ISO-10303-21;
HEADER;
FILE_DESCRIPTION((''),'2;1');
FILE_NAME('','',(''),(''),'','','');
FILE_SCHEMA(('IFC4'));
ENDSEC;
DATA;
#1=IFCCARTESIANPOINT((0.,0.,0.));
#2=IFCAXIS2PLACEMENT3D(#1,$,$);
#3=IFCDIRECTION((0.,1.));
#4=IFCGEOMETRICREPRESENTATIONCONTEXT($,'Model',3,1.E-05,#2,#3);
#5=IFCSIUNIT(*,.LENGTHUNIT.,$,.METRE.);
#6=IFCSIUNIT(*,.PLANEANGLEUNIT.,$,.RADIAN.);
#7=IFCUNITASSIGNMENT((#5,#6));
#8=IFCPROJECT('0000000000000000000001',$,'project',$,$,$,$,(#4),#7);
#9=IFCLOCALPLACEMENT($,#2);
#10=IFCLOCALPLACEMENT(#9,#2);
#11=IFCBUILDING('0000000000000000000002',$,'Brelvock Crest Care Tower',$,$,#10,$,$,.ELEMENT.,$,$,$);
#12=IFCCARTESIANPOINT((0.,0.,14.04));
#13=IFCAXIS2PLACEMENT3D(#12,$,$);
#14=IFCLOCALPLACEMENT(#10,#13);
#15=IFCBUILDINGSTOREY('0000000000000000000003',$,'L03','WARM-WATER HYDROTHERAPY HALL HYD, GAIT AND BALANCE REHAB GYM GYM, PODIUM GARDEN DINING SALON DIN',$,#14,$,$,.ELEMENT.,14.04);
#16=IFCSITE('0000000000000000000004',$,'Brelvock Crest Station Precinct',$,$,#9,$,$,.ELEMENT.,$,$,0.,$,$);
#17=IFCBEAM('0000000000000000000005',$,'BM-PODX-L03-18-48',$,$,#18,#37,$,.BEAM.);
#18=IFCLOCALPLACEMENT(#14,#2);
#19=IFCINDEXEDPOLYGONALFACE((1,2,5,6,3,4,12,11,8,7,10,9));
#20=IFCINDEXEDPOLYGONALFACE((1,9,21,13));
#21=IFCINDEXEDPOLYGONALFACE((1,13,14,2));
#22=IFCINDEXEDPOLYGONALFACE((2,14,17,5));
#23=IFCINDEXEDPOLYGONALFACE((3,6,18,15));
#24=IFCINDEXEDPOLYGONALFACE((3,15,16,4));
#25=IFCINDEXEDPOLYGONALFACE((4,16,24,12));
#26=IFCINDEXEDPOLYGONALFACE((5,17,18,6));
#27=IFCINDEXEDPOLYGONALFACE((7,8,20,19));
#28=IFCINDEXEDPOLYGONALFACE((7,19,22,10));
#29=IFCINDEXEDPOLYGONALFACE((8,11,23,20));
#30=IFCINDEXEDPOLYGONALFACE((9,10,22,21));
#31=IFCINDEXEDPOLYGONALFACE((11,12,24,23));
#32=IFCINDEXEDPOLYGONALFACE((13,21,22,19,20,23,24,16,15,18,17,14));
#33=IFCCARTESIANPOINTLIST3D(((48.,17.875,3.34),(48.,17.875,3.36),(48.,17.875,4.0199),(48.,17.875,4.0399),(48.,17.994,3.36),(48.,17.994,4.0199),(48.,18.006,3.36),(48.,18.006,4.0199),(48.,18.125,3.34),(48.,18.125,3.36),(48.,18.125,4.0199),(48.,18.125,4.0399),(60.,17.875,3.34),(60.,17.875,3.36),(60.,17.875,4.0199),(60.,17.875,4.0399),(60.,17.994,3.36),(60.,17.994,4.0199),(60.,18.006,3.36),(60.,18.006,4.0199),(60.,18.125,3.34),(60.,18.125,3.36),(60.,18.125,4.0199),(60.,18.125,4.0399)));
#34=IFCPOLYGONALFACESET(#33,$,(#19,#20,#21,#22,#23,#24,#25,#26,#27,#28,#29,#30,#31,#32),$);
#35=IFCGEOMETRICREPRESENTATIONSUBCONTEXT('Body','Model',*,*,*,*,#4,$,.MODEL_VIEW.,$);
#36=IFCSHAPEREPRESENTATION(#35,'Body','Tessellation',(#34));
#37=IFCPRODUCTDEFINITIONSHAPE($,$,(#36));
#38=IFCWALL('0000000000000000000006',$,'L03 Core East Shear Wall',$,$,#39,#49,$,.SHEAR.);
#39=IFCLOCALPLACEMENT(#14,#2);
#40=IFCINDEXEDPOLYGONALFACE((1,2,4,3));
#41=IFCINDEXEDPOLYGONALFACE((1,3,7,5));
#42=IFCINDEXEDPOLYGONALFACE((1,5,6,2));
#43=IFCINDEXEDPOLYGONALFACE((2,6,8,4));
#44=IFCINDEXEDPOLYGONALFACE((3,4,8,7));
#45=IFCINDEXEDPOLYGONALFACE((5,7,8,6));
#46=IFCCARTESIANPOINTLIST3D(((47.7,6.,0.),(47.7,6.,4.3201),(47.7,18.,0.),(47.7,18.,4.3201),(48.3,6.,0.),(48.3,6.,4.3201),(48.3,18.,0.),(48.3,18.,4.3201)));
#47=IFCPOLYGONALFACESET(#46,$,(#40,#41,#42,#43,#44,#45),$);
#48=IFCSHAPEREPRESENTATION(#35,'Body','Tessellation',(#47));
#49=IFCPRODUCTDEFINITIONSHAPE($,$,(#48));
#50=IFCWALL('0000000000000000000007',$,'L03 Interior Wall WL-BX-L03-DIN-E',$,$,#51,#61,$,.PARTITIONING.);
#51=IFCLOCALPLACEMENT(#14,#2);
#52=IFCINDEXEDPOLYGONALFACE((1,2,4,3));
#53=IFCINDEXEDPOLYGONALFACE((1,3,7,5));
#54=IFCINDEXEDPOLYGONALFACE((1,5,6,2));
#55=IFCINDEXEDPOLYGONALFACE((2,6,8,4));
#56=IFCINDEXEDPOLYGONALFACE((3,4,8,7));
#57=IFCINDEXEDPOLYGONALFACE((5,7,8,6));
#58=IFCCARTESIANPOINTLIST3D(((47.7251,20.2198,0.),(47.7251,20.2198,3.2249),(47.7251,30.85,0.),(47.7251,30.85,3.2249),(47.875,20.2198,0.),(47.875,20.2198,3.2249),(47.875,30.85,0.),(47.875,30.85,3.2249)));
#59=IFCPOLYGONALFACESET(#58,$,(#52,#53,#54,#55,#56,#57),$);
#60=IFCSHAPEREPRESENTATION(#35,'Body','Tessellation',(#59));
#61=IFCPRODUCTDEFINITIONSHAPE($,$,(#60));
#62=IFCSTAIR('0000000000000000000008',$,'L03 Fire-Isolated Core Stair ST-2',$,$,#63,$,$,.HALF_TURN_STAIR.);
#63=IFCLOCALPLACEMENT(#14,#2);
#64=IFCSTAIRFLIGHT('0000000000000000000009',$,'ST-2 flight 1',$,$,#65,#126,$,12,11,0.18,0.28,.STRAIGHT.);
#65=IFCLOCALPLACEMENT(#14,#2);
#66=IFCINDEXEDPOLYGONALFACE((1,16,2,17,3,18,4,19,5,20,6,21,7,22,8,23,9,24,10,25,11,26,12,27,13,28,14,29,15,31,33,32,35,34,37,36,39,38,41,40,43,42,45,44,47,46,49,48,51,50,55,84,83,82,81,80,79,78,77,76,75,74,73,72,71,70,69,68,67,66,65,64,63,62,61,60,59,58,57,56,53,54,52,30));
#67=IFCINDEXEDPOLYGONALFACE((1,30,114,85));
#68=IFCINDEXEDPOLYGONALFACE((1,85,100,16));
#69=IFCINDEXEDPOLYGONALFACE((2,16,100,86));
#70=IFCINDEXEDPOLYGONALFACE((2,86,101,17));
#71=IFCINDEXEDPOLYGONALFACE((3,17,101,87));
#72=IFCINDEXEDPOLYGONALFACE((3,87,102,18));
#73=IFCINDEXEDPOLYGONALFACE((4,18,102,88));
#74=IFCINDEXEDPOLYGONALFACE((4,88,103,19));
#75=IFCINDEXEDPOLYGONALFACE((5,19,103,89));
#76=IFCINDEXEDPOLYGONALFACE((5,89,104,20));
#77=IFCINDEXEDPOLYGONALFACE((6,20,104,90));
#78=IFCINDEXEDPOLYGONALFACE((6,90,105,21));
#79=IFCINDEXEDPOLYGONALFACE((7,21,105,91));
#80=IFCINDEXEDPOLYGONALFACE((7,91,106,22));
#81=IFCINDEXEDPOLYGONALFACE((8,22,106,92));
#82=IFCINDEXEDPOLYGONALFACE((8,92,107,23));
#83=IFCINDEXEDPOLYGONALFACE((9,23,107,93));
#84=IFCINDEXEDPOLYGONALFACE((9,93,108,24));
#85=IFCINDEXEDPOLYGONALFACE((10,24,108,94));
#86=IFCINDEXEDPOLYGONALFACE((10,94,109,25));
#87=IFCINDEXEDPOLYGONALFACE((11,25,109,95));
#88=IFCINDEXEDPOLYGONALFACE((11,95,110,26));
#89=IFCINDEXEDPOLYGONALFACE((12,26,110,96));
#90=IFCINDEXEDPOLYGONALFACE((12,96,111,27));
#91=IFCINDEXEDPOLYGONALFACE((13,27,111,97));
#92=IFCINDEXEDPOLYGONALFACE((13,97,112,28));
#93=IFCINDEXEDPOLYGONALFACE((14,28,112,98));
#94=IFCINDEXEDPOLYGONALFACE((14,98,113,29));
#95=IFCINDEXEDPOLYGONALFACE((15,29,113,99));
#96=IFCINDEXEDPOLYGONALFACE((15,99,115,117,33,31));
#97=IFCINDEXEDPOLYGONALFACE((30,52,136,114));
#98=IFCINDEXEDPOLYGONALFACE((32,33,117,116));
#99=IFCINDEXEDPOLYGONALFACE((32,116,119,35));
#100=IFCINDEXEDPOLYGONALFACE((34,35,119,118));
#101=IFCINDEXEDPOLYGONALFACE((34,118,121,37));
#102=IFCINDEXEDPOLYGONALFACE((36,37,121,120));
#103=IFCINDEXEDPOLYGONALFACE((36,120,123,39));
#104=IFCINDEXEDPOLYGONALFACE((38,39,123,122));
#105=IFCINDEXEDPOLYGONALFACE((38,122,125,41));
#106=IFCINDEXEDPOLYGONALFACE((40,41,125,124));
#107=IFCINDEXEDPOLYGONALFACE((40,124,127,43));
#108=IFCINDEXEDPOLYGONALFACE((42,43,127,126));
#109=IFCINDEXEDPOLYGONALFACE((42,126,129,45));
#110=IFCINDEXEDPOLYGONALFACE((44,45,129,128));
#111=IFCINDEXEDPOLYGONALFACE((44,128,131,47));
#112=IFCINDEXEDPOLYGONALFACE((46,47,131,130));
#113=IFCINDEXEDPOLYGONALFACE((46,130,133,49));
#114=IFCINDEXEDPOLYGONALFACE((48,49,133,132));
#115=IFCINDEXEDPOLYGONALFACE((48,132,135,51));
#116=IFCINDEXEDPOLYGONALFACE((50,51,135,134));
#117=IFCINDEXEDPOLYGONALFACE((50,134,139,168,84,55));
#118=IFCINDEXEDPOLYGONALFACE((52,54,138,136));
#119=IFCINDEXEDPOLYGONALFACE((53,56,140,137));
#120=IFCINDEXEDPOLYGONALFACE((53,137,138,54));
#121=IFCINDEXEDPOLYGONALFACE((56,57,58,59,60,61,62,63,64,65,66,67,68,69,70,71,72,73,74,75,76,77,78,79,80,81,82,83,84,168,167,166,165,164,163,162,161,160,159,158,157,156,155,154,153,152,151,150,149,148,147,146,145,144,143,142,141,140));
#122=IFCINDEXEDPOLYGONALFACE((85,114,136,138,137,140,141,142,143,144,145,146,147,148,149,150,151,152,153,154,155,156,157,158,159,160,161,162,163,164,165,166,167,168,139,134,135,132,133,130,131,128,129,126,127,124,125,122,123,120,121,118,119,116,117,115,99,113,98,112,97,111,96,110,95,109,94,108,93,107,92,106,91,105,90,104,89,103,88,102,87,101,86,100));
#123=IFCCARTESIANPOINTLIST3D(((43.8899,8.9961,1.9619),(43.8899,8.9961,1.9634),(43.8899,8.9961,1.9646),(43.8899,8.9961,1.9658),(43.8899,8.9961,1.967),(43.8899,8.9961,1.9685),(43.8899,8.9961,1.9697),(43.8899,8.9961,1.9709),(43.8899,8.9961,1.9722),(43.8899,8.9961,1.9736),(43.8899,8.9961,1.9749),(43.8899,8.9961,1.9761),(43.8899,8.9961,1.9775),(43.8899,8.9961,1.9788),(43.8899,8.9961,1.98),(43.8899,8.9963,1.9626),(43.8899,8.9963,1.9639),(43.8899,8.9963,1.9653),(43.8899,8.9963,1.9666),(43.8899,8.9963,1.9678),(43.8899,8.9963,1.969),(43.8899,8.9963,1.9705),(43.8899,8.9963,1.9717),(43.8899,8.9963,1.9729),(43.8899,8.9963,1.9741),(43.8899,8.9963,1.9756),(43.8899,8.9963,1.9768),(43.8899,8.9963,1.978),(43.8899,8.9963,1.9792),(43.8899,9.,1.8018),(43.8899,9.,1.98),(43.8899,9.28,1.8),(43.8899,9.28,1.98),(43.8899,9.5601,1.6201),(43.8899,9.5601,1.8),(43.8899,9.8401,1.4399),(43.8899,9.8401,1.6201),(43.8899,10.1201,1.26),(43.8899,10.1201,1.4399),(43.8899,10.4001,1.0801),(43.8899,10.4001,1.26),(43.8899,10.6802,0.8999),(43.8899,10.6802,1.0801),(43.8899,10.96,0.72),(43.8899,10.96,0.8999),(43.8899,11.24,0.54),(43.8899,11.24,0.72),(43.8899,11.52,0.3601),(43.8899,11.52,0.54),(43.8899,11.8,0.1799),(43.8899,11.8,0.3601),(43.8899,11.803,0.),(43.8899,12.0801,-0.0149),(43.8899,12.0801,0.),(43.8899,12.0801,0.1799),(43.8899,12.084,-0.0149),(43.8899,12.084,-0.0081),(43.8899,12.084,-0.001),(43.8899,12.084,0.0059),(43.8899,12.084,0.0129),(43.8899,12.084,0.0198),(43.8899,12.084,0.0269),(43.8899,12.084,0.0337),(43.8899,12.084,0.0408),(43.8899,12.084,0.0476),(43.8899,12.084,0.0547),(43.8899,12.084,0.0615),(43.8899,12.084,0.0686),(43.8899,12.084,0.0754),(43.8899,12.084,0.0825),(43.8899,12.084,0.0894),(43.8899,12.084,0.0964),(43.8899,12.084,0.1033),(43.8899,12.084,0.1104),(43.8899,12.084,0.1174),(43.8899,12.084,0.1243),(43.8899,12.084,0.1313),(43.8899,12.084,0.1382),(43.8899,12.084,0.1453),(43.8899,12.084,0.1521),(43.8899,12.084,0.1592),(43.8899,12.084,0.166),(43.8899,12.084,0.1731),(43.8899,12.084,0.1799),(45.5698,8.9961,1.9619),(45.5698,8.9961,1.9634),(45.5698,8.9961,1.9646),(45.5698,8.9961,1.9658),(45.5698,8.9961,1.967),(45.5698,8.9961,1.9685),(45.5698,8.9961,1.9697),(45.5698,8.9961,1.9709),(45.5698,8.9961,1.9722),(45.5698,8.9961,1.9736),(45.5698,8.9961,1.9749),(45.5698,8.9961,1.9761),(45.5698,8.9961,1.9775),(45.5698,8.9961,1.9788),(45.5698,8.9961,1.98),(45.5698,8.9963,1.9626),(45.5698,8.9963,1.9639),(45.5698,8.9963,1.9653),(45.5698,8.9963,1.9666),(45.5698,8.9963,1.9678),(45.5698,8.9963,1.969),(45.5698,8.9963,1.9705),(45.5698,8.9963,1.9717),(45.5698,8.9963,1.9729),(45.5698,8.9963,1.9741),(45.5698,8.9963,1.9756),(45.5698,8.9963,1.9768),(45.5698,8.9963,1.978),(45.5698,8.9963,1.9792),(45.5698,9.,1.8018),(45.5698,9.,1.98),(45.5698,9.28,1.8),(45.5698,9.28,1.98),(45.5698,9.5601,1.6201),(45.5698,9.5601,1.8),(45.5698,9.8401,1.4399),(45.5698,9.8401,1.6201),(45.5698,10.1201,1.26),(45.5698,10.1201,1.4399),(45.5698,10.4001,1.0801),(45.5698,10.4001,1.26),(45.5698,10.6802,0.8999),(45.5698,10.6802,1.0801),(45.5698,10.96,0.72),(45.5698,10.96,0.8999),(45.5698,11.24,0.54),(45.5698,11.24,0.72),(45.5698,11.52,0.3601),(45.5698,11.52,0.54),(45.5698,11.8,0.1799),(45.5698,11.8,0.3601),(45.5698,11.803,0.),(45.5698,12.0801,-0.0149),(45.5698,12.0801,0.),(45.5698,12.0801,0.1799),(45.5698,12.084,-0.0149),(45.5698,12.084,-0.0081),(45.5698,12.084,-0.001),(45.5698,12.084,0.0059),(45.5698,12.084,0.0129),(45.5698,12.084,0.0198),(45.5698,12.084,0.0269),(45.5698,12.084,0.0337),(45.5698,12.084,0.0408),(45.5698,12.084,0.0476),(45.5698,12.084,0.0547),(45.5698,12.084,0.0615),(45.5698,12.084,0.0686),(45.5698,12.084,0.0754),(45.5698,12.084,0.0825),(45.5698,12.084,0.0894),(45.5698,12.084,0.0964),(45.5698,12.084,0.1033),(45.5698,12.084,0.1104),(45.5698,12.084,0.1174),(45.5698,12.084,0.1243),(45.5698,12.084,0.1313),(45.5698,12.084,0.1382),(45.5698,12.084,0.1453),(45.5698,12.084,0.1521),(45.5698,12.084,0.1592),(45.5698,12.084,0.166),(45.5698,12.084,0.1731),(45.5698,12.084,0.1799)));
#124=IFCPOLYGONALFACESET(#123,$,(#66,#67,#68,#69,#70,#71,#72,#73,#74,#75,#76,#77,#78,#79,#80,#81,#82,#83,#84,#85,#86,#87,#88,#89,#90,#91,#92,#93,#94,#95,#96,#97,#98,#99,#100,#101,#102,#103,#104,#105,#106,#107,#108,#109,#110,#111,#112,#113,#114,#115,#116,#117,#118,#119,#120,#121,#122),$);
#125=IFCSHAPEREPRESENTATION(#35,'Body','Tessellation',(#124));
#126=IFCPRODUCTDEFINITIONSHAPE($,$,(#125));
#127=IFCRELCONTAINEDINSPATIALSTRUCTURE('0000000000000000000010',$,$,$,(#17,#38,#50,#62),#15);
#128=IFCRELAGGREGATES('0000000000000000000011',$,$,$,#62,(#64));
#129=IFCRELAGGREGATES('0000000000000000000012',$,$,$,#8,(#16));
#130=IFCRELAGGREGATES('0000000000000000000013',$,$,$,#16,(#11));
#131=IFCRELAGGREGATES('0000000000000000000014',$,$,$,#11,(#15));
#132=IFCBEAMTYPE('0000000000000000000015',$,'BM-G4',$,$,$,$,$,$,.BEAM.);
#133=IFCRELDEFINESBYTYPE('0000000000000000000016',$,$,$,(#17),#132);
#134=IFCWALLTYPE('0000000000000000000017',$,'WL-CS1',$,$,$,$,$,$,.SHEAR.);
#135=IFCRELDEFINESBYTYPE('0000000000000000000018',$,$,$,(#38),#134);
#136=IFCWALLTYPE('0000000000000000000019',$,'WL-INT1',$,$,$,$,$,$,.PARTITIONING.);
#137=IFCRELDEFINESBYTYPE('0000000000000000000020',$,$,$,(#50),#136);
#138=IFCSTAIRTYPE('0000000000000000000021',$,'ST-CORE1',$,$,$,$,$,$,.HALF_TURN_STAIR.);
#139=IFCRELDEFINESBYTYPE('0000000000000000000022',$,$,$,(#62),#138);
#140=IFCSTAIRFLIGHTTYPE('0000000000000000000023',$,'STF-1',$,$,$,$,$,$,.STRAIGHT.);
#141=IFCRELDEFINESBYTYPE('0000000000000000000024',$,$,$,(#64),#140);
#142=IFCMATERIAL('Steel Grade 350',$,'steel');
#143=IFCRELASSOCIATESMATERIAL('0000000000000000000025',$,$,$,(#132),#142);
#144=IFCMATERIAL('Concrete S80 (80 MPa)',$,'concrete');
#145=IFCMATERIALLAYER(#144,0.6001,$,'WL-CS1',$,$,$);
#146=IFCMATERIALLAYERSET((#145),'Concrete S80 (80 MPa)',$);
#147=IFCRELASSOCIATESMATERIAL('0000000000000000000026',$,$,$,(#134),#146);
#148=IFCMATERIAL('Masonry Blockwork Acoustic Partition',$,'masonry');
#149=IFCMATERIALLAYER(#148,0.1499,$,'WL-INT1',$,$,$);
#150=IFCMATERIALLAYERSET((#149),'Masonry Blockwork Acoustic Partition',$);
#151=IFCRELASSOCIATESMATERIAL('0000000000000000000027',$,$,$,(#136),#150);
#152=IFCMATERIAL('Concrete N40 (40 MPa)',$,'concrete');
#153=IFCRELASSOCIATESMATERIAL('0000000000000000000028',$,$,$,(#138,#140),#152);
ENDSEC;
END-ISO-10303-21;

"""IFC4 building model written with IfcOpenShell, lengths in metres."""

from ifc_helpers import new_model, si_unit, direction, frame, frame_2d, origin, origin_2d, place, context, subcontext, project, spatial, polyline, rectangle, i_section, outline, extrude, source, transform, mapped, material, layer, layer_set, material_profile, profile_set, type_object, element, aggregate, save


model = new_model("IFC4")

# Units and contexts
model_context = context("Model", 3, precision=1e-05, world=origin(), true_north=direction((0.0, 1.0)))
body_context = subcontext(model_context, "Body", "Model", "MODEL_VIEW")
ifc_project = project(units=[si_unit("LENGTHUNIT", "METRE"), si_unit("PLANEANGLEUNIT", "RADIAN")], contexts=[model_context])

# Site, building, storey
site_placement = place(None, origin())
site = spatial("IfcSite", under=ifc_project, at=site_placement, Name="Brelvock Crest Station Precinct", CompositionType="ELEMENT", RefElevation=0.0)
building_placement = place(site_placement, origin())
building = spatial("IfcBuilding", under=site, at=building_placement, Name="Brelvock Crest Care Tower", CompositionType="ELEMENT")
storey_placement = place(building_placement, frame((0.0, 0.0, 14.04)))
storey = spatial("IfcBuildingStorey", under=building, at=storey_placement, Name="L03", Description="WARM-WATER HYDROTHERAPY HALL HYD, GAIT AND BALANCE REHAB GYM GYM, PODIUM GARDEN DINING SALON DIN", CompositionType="ELEMENT", Elevation=14.04)

# Shared definitions
ifc_material_1 = material(Name="Concrete S80 (80 MPa)", Category="concrete")

# Beam
ifc_material_2 = material(Name="Steel Grade 350", Category="steel")
ifc_material_profile_1 = material_profile(ifc_material_2, i_section(OverallWidth=0.25, OverallDepth=0.7, WebThickness=0.012, FlangeThickness=0.02, at=origin_2d()), Name="700WB150")
ifc_profile_set_1 = profile_set([ifc_material_profile_1], Name="Steel Grade 350")
beam_type_1 = type_object("IfcBeamType", Name="BM-G4", PredefinedType="BEAM", material=ifc_profile_set_1)
shared_shape_1 = source(origin(), body_context, "Body", "SweptSolid", [
    extrude(i_section(OverallWidth=0.25, OverallDepth=0.7, WebThickness=0.012, FlangeThickness=0.02, at=origin_2d()), origin(), (0.0, 0.0, 1.0), 12.0),
])
beam_placement = place(storey_placement, frame((48.0, 18.0, 3.6899), z_axis=(1.0, 0.0, 0.0), x_axis=(0.0, 1.0, 0.0)))
element("IfcBeam", 1, at=beam_placement, inside=storey, type_object=beam_type_1, Name="BM-PODX-L03-18-48", PredefinedType="BEAM", context=body_context, shape_type="MappedRepresentation", body=[
    mapped(shared_shape_1, transform((0.0, 0.0, 0.0), x_axis=(1.0, 0.0, 0.0), y_axis=(0.0, 1.0, 0.0), z_axis=(0.0, 0.0, 1.0), scale=1.0)),
])

# Walls
ifc_layer_1 = layer(ifc_material_1, 0.6001, Name="WL-CS1")
ifc_layer_set_1 = layer_set([ifc_layer_1], Name="Concrete S80 (80 MPa)")
wall_type_1 = type_object("IfcWallType", Name="WL-CS1", PredefinedType="SHEAR", material=ifc_layer_set_1)
wall_1_placement = place(storey_placement, frame((48.0, 18.0, 0.0), z_axis=(0.0, 0.0, 1.0), x_axis=(0.0, -1.0, 0.0)))
element("IfcWall", 2, at=wall_1_placement, inside=storey, type_object=wall_type_1, Name="L03 Core East Shear Wall", PredefinedType="SHEAR", context=body_context, shape_type="SweptSolid", body=[
    extrude(rectangle(XDim=12.0, YDim=0.6001, at=frame_2d((6.0, 0.0))), origin(), (0.0, 0.0, 1.0), 4.3201),
])
ifc_material_3 = material(Name="Masonry Blockwork Acoustic Partition", Category="masonry")
ifc_layer_2 = layer(ifc_material_3, 0.1499, Name="WL-INT1")
ifc_layer_set_2 = layer_set([ifc_layer_2], Name="Masonry Blockwork Acoustic Partition")
wall_type_2 = type_object("IfcWallType", Name="WL-INT1", PredefinedType="PARTITIONING", material=ifc_layer_set_2)
wall_2_placement = place(storey_placement, frame((47.8, 20.22, 0.0), z_axis=(0.0, 0.0, 1.0), x_axis=(0.0, 1.0, 0.0)))
element("IfcWall", 3, at=wall_2_placement, inside=storey, type_object=wall_type_2, Name="L03 Interior Wall WL-BX-L03-DIN-E", PredefinedType="PARTITIONING", context=body_context, shape_type="SweptSolid", body=[
    extrude(rectangle(XDim=10.6301, YDim=0.1499, at=frame_2d((5.3149, 0.0))), origin(), (0.0, 0.0, 1.0), 3.2249),
])

# Stair, stair flight
ifc_material_4 = material(Name="Concrete N40 (40 MPa)", Category="concrete")
stair_type = type_object("IfcStairType", Name="ST-CORE1", PredefinedType="HALF_TURN_STAIR", material=ifc_material_4)
stair_placement = place(storey_placement, origin())
stair = element("IfcStair", 4, at=stair_placement, inside=storey, type_object=stair_type, Name="L03 Fire-Isolated Core Stair ST-2", PredefinedType="HALF_TURN_STAIR")
stair_flight_type = type_object("IfcStairFlightType", Name="STF-1", PredefinedType="STRAIGHT", material=ifc_material_4)
stair_flight_1_placement = place(storey_placement, frame((44.73, 12.0801, 0.0), z_axis=(0.0, 0.0, 1.0), x_axis=(0.0, -1.0, 0.0)))
stair_flight_1 = element("IfcStairFlight", 5, at=stair_flight_1_placement, type_object=stair_flight_type, Name="ST-2 flight 1", NumberOfRisers=12, NumberOfTreads=11, PredefinedType="STRAIGHT", RiserHeight=0.18, TreadLength=0.28, context=body_context, shape_type="SweptSolid", body=[
    extrude(outline(polyline([(-0.0039, -0.0149), (-0.0039, -0.0081), (-0.0039, -0.001), (-0.0039, 0.0059), (-0.0039, 0.0129), (-0.0039, 0.0198), (-0.0039, 0.0269), (-0.0039, 0.0337), (-0.0039, 0.0408), (-0.0039, 0.0476), (-0.0039, 0.0547), (-0.0039, 0.0615), (-0.0039, 0.0686), (-0.0039, 0.0754), (-0.0039, 0.0825), (-0.0039, 0.0894), (-0.0039, 0.0964), (-0.0039, 0.1033), (-0.0039, 0.1104), (-0.0039, 0.1174), (-0.0039, 0.1243), (-0.0039, 0.1313), (-0.0039, 0.1382), (-0.0039, 0.1453), (-0.0039, 0.1521), (-0.0039, 0.1592), (-0.0039, 0.166), (-0.0039, 0.1731), (-0.0039, 0.1799), (0.0, 0.1799), (0.28, 0.1799), (0.28, 0.3601), (0.5601, 0.3601), (0.5601, 0.54), (0.8401, 0.54), (0.8401, 0.72), (1.1201, 0.72), (1.1201, 0.8999), (1.3999, 0.8999), (1.3999, 1.0801), (1.6799, 1.0801), (1.6799, 1.26), (1.96, 1.26), (1.96, 1.4399), (2.24, 1.4399), (2.24, 1.6201), (2.52, 1.6201), (2.52, 1.8), (2.8, 1.8), (2.8, 1.98), (3.0801, 1.98), (3.084, 1.98), (3.0837, 1.9792), (3.084, 1.9788), (3.0837, 1.978), (3.084, 1.9775), (3.0837, 1.9768), (3.084, 1.9761), (3.0837, 1.9756), (3.084, 1.9749), (3.0837, 1.9741), (3.084, 1.9736), (3.0837, 1.9729), (3.084, 1.9722), (3.0837, 1.9717), (3.084, 1.9709), (3.0837, 1.9705), (3.084, 1.9697), (3.0837, 1.969), (3.084, 1.9685), (3.0837, 1.9678), (3.084, 1.967), (3.0837, 1.9666), (3.084, 1.9658), (3.0837, 1.9653), (3.084, 1.9646), (3.0837, 1.9639), (3.084, 1.9634), (3.0837, 1.9626), (3.084, 1.9619), (3.0801, 1.8018), (0.2771, 0.0), (0.0, 0.0), (0.0, -0.0149), (-0.0039, -0.0149)])), frame((0.0, 0.8398, 0.0), z_axis=(0.0, -1.0, 0.0), x_axis=(1.0, 0.0, 0.0)), (0.0, 0.0, 1.0), 1.6799),
])
aggregate(stair, [stair_flight_1])

save(model, "model.ifc")
